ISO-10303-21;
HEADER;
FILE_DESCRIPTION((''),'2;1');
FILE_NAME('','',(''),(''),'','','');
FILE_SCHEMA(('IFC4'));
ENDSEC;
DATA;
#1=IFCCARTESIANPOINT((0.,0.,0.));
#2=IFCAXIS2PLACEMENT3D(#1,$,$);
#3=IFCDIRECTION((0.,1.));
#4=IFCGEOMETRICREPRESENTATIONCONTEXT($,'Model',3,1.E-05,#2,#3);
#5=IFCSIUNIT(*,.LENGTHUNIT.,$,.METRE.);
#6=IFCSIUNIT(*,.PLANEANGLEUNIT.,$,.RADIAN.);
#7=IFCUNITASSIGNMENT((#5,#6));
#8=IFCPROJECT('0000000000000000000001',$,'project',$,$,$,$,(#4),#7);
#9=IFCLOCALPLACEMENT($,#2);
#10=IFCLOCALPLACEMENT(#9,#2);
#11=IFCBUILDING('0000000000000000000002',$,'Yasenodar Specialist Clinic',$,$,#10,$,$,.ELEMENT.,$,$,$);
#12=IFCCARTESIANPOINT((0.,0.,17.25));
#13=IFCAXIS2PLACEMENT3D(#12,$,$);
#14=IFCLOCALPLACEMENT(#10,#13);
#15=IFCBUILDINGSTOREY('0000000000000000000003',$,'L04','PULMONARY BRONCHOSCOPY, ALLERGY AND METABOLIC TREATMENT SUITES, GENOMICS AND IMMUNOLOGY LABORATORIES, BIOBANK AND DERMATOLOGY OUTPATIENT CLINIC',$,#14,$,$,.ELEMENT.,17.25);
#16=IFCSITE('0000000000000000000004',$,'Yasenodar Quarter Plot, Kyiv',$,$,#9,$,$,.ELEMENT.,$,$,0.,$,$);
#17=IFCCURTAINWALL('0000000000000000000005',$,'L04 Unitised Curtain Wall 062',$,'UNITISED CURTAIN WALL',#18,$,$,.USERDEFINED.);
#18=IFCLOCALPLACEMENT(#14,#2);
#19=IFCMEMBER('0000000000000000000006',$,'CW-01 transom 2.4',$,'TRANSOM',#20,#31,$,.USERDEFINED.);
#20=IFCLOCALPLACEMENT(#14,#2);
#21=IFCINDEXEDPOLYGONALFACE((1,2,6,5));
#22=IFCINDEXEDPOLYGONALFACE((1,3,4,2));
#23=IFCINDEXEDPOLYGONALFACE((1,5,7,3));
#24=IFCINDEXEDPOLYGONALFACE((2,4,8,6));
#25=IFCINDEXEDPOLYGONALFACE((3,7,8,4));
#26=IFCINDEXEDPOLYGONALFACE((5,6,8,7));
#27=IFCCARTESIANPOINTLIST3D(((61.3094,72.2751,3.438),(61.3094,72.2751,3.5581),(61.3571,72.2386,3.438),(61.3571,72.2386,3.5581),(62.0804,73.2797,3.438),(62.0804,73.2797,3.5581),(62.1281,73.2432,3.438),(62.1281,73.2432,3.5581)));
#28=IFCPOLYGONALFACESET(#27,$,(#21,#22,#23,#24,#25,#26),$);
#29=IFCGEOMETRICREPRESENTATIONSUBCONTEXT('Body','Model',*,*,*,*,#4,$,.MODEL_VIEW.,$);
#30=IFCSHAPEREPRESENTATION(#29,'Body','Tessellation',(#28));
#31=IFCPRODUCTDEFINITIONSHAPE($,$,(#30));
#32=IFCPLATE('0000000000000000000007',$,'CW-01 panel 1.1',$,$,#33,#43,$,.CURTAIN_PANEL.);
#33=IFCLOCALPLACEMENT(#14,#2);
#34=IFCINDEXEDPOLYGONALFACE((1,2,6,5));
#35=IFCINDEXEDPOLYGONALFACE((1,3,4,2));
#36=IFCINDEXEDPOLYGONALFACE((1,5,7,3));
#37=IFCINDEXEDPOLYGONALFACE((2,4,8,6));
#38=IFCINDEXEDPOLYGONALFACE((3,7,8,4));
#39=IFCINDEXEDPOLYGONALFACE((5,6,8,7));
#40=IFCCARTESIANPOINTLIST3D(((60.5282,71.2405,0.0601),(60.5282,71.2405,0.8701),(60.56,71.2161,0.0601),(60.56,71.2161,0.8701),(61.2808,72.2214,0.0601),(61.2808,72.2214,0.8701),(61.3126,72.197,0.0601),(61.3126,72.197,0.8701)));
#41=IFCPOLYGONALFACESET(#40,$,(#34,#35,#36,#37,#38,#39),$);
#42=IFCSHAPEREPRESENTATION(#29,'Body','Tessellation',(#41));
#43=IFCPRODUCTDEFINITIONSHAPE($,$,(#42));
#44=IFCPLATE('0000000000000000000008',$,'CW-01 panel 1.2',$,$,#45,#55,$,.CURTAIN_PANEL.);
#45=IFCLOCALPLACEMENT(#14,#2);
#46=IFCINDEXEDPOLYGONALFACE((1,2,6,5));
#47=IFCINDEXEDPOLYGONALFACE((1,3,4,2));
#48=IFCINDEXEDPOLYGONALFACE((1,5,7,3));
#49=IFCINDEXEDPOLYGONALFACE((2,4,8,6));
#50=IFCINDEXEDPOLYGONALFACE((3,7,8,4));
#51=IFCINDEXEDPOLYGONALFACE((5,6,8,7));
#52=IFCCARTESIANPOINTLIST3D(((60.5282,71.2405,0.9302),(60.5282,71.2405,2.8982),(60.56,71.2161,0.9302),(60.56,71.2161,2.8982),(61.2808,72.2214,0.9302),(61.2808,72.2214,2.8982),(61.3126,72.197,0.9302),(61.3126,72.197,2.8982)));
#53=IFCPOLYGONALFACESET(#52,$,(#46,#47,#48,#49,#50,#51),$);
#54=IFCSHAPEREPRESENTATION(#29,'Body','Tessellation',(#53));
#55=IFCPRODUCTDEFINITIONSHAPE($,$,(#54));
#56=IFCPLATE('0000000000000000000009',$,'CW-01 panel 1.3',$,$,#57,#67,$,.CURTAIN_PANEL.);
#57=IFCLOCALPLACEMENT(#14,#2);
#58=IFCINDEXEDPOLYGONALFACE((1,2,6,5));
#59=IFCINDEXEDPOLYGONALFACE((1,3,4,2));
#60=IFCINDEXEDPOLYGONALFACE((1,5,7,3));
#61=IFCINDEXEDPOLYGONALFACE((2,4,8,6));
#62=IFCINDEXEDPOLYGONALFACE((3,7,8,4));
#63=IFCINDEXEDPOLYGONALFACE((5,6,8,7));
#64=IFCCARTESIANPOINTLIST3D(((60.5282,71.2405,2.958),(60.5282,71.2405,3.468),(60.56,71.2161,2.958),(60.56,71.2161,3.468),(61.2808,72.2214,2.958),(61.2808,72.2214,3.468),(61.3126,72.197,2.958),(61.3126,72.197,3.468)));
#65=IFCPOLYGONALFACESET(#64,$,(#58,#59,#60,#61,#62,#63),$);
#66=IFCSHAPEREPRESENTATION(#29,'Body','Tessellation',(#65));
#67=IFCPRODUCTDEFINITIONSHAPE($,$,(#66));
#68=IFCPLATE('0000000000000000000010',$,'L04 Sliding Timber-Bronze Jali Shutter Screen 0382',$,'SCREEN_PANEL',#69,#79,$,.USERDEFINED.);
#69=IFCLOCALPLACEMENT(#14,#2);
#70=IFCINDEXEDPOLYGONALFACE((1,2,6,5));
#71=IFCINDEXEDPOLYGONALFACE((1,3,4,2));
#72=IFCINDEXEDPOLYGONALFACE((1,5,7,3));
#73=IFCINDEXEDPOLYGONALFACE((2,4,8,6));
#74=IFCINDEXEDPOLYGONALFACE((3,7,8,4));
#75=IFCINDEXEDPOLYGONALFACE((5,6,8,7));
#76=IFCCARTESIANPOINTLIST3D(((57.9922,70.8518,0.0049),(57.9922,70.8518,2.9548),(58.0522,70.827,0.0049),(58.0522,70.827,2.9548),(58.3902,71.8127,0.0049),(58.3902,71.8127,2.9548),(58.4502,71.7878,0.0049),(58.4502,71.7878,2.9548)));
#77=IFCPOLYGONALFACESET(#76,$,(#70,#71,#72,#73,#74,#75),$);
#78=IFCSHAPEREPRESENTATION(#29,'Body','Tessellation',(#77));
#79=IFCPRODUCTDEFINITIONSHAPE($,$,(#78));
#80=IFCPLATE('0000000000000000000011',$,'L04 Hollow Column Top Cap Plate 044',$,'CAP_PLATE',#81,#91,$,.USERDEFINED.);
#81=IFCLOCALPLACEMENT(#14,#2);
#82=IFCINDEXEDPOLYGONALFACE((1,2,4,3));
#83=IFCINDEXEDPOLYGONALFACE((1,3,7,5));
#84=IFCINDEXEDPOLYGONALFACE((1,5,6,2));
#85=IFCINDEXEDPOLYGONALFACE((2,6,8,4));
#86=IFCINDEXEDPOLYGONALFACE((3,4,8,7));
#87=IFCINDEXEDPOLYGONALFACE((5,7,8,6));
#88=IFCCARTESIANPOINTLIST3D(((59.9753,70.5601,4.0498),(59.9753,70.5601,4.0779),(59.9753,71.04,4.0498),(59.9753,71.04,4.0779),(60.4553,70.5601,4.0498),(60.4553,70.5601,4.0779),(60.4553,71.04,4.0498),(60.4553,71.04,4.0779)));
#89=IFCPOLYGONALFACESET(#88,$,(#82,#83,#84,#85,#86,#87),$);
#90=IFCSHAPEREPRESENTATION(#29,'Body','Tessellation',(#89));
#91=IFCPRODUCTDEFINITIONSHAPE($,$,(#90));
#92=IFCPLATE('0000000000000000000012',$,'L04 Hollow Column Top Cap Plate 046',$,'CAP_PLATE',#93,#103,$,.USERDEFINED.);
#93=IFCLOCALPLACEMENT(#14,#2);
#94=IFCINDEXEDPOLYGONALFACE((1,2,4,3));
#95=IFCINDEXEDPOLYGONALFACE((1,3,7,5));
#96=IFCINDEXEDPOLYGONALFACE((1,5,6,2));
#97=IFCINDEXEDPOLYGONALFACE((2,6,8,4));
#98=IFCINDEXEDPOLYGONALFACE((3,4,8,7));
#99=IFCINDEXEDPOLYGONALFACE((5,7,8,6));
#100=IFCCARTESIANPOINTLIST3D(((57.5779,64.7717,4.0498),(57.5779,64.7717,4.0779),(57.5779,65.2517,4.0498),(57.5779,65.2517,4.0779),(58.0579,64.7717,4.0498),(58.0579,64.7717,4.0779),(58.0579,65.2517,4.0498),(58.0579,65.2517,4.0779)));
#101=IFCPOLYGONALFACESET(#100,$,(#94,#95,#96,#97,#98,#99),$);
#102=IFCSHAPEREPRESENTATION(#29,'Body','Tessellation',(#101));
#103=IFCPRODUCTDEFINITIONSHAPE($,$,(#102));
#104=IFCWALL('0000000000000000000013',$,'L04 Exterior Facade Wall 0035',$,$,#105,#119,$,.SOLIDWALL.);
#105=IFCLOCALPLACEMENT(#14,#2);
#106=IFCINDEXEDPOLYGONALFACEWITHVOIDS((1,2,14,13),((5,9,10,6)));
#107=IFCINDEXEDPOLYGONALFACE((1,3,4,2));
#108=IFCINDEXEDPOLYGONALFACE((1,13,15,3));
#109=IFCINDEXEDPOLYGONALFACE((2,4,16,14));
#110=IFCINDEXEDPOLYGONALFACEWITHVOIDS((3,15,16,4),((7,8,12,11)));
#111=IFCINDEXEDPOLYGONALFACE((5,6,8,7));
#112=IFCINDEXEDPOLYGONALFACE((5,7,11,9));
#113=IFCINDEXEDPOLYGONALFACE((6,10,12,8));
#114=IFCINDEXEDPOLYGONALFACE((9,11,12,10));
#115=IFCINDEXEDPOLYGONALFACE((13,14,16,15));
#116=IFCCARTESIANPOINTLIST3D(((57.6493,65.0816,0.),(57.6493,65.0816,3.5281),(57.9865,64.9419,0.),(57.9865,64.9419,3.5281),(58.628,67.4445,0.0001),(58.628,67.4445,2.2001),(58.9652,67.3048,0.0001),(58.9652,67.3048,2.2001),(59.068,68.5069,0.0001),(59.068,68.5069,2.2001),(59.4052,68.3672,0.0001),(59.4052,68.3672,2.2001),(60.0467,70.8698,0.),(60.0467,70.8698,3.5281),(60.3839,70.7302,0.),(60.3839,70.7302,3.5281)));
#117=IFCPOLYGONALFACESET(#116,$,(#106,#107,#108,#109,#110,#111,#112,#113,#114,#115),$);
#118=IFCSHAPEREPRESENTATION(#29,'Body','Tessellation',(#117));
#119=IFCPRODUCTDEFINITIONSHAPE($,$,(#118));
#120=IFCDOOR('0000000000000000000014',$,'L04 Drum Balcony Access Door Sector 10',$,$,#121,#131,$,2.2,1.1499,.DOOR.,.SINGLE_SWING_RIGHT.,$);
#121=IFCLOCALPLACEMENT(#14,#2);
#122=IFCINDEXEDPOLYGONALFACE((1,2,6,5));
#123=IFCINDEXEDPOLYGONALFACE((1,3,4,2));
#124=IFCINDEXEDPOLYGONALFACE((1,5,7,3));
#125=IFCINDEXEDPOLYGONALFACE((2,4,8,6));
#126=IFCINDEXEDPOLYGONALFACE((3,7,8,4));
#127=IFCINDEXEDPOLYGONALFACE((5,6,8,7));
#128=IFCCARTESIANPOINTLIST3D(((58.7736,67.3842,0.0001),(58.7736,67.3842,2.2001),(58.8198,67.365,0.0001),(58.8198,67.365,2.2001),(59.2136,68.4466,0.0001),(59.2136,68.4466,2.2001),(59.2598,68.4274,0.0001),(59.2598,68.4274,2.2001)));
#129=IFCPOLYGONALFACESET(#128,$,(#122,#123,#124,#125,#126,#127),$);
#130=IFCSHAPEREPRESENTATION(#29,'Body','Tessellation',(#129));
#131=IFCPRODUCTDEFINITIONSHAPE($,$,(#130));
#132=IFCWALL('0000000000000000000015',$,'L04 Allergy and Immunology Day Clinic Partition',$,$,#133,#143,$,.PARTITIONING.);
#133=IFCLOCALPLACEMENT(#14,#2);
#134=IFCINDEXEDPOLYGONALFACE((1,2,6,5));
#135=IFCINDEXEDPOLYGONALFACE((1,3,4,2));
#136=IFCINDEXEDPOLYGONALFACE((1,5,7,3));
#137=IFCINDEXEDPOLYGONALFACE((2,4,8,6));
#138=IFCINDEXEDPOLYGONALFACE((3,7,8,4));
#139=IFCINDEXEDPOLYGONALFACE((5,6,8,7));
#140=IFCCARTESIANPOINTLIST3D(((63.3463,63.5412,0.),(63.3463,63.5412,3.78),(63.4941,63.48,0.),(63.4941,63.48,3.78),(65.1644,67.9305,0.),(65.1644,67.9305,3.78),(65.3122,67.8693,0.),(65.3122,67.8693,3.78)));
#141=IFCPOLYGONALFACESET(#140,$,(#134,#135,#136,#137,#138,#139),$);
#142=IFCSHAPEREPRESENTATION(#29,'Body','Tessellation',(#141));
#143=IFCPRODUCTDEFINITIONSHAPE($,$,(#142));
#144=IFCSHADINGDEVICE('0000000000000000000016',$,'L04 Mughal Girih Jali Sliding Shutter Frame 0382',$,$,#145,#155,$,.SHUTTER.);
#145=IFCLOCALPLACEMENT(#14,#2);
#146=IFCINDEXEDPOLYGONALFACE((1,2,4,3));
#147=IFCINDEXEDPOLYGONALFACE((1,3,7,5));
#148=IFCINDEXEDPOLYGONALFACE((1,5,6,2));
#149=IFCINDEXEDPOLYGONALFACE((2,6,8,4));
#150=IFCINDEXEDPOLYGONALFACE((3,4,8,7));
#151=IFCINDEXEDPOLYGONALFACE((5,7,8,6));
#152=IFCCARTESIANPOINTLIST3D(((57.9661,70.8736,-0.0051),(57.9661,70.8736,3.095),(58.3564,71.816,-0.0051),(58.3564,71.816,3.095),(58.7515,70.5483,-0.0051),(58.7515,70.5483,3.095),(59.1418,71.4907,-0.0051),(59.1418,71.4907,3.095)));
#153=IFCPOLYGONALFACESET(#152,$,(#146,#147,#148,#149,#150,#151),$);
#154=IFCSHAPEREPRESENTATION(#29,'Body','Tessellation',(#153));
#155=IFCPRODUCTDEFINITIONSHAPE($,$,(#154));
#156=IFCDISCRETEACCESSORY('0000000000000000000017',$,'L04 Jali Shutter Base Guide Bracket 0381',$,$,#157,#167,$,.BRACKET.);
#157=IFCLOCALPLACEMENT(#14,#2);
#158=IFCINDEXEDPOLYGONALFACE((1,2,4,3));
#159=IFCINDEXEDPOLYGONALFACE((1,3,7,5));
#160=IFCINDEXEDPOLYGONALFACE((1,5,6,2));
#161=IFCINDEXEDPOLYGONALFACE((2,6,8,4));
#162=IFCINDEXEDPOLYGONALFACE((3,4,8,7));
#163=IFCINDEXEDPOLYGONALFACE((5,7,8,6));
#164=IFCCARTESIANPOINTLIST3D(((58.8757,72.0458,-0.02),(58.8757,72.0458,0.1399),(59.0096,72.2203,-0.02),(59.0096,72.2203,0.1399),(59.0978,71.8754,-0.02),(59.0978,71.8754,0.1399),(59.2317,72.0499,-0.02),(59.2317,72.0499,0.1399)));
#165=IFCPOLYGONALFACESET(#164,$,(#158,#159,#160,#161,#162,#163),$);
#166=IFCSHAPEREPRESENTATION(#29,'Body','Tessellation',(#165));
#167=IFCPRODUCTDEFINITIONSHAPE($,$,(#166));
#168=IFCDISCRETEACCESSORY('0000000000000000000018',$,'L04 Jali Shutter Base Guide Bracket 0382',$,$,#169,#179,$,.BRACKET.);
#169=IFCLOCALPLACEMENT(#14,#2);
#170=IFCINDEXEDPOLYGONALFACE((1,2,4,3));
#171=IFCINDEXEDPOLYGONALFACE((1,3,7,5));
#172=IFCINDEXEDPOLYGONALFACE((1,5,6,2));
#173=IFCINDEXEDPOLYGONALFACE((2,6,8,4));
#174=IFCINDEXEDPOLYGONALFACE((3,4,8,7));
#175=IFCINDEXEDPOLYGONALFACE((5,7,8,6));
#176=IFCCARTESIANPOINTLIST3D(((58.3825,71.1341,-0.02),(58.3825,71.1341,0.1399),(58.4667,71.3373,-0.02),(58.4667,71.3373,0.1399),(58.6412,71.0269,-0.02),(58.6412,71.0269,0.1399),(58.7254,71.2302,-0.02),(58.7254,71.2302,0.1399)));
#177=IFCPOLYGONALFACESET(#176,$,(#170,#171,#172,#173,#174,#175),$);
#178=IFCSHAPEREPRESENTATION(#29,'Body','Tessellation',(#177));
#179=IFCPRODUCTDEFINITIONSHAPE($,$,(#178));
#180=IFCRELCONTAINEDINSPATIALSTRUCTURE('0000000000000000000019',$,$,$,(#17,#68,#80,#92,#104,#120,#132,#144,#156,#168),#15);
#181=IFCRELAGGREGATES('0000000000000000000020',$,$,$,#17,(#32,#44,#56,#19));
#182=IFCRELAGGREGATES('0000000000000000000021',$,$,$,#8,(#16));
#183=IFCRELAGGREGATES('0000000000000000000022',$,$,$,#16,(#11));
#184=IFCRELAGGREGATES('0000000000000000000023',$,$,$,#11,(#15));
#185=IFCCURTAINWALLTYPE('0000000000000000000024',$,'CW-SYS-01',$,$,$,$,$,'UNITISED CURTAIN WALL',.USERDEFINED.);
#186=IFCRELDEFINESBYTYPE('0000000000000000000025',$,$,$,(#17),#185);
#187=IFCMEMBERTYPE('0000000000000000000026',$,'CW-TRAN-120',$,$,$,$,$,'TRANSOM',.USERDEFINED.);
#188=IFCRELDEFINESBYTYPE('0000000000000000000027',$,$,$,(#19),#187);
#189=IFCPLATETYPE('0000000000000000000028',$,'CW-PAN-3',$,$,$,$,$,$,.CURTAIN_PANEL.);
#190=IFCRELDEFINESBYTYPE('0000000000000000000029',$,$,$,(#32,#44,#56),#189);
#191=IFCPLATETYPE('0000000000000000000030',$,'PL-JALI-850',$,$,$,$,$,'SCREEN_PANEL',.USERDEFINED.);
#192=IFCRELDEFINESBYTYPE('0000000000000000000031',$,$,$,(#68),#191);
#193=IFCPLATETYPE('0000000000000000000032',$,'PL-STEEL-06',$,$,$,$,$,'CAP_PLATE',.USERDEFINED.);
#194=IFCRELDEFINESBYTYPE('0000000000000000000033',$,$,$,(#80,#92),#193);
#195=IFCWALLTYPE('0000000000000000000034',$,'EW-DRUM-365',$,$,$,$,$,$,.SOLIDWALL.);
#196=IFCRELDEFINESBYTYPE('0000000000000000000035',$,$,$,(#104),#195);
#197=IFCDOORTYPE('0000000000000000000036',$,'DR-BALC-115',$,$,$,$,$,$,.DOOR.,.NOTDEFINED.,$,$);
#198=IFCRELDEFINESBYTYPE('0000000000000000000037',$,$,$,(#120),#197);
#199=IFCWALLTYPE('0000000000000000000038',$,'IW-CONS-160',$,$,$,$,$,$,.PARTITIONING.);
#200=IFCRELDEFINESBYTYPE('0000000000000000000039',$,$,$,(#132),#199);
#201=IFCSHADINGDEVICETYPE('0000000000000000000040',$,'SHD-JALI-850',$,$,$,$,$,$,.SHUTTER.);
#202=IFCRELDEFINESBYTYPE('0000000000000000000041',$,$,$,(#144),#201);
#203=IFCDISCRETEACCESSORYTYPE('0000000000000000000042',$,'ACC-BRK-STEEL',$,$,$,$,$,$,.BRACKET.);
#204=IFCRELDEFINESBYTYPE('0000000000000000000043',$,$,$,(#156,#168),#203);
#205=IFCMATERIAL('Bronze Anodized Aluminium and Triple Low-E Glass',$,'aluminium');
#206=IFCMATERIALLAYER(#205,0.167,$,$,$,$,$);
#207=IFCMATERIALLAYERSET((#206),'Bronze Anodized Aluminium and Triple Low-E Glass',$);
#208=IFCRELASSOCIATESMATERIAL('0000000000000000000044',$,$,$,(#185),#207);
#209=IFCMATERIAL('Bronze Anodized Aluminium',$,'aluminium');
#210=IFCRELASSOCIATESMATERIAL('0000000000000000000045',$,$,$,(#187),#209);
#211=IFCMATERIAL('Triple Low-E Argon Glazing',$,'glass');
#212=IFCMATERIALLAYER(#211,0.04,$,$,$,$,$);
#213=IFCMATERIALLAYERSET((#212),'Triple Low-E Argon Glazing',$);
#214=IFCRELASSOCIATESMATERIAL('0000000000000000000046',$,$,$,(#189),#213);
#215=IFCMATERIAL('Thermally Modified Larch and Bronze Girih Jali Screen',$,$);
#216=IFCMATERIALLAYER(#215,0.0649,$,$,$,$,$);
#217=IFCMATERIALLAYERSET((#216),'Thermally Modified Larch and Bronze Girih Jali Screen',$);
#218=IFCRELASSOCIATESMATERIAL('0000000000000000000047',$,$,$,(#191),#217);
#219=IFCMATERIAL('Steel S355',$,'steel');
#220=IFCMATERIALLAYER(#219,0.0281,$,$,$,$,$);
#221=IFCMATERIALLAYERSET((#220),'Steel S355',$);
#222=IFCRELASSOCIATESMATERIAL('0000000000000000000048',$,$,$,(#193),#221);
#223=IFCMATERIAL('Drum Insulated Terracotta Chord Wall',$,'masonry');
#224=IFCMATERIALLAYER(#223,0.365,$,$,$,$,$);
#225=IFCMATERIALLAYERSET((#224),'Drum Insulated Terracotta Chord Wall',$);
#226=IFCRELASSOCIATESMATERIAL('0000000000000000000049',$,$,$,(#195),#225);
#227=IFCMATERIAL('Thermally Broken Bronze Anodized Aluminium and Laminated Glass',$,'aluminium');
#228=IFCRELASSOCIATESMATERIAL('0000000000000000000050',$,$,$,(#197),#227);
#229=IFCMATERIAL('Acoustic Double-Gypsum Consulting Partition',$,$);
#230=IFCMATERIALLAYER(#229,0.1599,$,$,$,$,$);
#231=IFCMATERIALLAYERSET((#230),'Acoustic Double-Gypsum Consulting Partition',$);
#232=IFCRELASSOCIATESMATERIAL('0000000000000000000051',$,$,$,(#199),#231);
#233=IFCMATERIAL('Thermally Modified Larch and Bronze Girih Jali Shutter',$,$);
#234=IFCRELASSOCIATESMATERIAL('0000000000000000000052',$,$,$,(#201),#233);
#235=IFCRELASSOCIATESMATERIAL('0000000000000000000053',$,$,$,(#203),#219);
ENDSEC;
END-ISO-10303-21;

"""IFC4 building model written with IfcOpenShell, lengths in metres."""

from ifc_helpers import new_model, si_unit, direction, frame, frame_2d, origin, origin_2d, place, context, subcontext, project, spatial, rectangle, extrude, material, layer, layer_set, material_profile, profile_set, type_object, element, fill, aggregate, save


model = new_model("IFC4")

# Units and contexts
model_context = context("Model", 3, precision=1e-05, world=origin(), true_north=direction((0.0, 1.0)))
body_context = subcontext(model_context, "Body", "Model", "MODEL_VIEW")
ifc_project = project(units=[si_unit("LENGTHUNIT", "METRE"), si_unit("PLANEANGLEUNIT", "RADIAN")], contexts=[model_context])

# Site, building, storey
site_placement = place(None, origin())
site = spatial("IfcSite", under=ifc_project, at=site_placement, Name="Yasenodar Quarter Plot, Kyiv", CompositionType="ELEMENT", RefElevation=0.0)
building_placement = place(site_placement, origin())
building = spatial("IfcBuilding", under=site, at=building_placement, Name="Yasenodar Specialist Clinic", CompositionType="ELEMENT")
storey_placement = place(building_placement, frame((0.0, 0.0, 17.25)))
storey = spatial("IfcBuildingStorey", under=building, at=storey_placement, Name="L04", Description="PULMONARY BRONCHOSCOPY, ALLERGY AND METABOLIC TREATMENT SUITES, GENOMICS AND IMMUNOLOGY LABORATORIES, BIOBANK AND DERMATOLOGY OUTPATIENT CLINIC", CompositionType="ELEMENT", Elevation=17.25)

# Shared definitions
ifc_material_1 = material(Name="Steel S355", Category="steel")

# Curtain wall
ifc_material_2 = material(Name="Bronze Anodized Aluminium and Triple Low-E Glass", Category="aluminium")
ifc_layer_1 = layer(ifc_material_2, 0.167)
ifc_layer_set_1 = layer_set([ifc_layer_1], Name="Bronze Anodized Aluminium and Triple Low-E Glass")
curtain_wall_type = type_object("IfcCurtainWallType", Name="CW-SYS-01", ElementType="UNITISED CURTAIN WALL", PredefinedType="USERDEFINED", material=ifc_layer_set_1)
curtain_wall_1_placement = place(storey_placement, origin())
curtain_wall_1 = element("IfcCurtainWall", 1, at=curtain_wall_1_placement, inside=storey, type_object=curtain_wall_type, Name="L04 Unitised Curtain Wall 062", ObjectType="UNITISED CURTAIN WALL", PredefinedType="USERDEFINED")
ifc_material_3 = material(Name="Bronze Anodized Aluminium", Category="aluminium")

# Member
ifc_material_profile_1 = material_profile(ifc_material_3, rectangle(XDim=0.0601, YDim=0.1201, at=origin_2d()), Name="CW-TRAN 60x120")
ifc_profile_set_1 = profile_set([ifc_material_profile_1], Name="Bronze Anodized Aluminium")
member_type_1 = type_object("IfcMemberType", Name="CW-TRAN-120", ElementType="TRANSOM", PredefinedType="USERDEFINED", material=ifc_profile_set_1)
member_1_placement = place(storey_placement, frame((61.3333, 72.2568, 3.498), z_axis=(0.608816, 0.793311, 0.0), x_axis=(-0.793311, 0.608816, 0.0)))
member_1 = element("IfcMember", 2, at=member_1_placement, type_object=member_type_1, Name="CW-01 transom 2.4", ObjectType="TRANSOM", PredefinedType="USERDEFINED", context=body_context, shape_type="SweptSolid", body=[
    extrude(rectangle(XDim=0.0601, YDim=0.1201, at=origin_2d()), origin(), (0.0, 0.0, 1.0), 1.2664),
])

# Plates
ifc_material_4 = material(Name="Triple Low-E Argon Glazing", Category="glass")
ifc_layer_2 = layer(ifc_material_4, 0.04)
ifc_layer_set_2 = layer_set([ifc_layer_2], Name="Triple Low-E Argon Glazing")
plate_type_1 = type_object("IfcPlateType", Name="CW-PAN-3", PredefinedType="CURTAIN_PANEL", material=ifc_layer_set_2)
plate_1_placement = place(storey_placement, frame((60.9204, 71.7188, 0.0601), z_axis=(0.0, 0.0, 1.0), x_axis=(0.608752, 0.793361, 0.0)))
plate_1 = element("IfcPlate", 3, at=plate_1_placement, type_object=plate_type_1, Name="CW-01 panel 1.1", PredefinedType="CURTAIN_PANEL", context=body_context, shape_type="SweptSolid", body=[
    extrude(rectangle(XDim=1.2363, YDim=0.04, at=origin_2d()), origin(), (0.0, 0.0, 1.0), 0.8101),
])
plate_2_placement = place(storey_placement, frame((60.9204, 71.7188, 0.9302), z_axis=(0.0, 0.0, 1.0), x_axis=(0.608752, 0.793361, 0.0)))
plate_2 = element("IfcPlate", 4, at=plate_2_placement, type_object=plate_type_1, Name="CW-01 panel 1.2", PredefinedType="CURTAIN_PANEL", context=body_context, shape_type="SweptSolid", body=[
    extrude(rectangle(XDim=1.2363, YDim=0.04, at=origin_2d()), origin(), (0.0, 0.0, 1.0), 1.968),
])
plate_3_placement = place(storey_placement, frame((60.9204, 71.7188, 2.958), z_axis=(0.0, 0.0, 1.0), x_axis=(0.608752, 0.793361, 0.0)))
plate_3 = element("IfcPlate", 5, at=plate_3_placement, type_object=plate_type_1, Name="CW-01 panel 1.3", PredefinedType="CURTAIN_PANEL", context=body_context, shape_type="SweptSolid", body=[
    extrude(rectangle(XDim=1.2363, YDim=0.04, at=origin_2d()), origin(), (0.0, 0.0, 1.0), 0.51),
])
aggregate(curtain_wall_1, [plate_1, plate_2, plate_3, member_1])

# Plates
ifc_material_5 = material(Name="Thermally Modified Larch and Bronze Girih Jali Screen")
ifc_layer_3 = layer(ifc_material_5, 0.0649)
ifc_layer_set_3 = layer_set([ifc_layer_3], Name="Thermally Modified Larch and Bronze Girih Jali Screen")
plate_type_2 = type_object("IfcPlateType", Name="PL-JALI-850", ElementType="SCREEN_PANEL", PredefinedType="USERDEFINED", material=ifc_layer_set_3)
plate_4_placement = place(storey_placement, frame((58.2212, 71.3198, 0.0049), z_axis=(0.0, 0.0, 1.0), x_axis=(-0.382687, -0.923878, 0.0)))
element("IfcPlate", 6, at=plate_4_placement, inside=storey, type_object=plate_type_2, Name="L04 Sliding Timber-Bronze Jali Shutter Screen 0382", ObjectType="SCREEN_PANEL", PredefinedType="USERDEFINED", context=body_context, shape_type="SweptSolid", body=[
    extrude(rectangle(XDim=1.04, YDim=0.0649, at=origin_2d()), origin(), (0.0, 0.0, 1.0), 2.95),
])
ifc_layer_4 = layer(ifc_material_1, 0.0281)
ifc_layer_set_4 = layer_set([ifc_layer_4], Name="Steel S355")
plate_type_3 = type_object("IfcPlateType", Name="PL-STEEL-06", ElementType="CAP_PLATE", PredefinedType="USERDEFINED", material=ifc_layer_set_4)
for number, where, z_axis, x_axis, name in (
    (7, (60.2153, 70.8, 4.0498), (0.0, 0.0, 1.0), (1.0, 0.0, 0.0), "L04 Hollow Column Top Cap Plate 044"),
    (8, (57.8179, 65.0117, 4.0498), (0.0, 0.0, 1.0), (1.0, 0.0, 0.0), "L04 Hollow Column Top Cap Plate 046"),
):
    element("IfcPlate", number, at=place(storey_placement, frame(where, z_axis=z_axis, x_axis=x_axis)), inside=storey, type_object=plate_type_3, Name=name, ObjectType="CAP_PLATE", PredefinedType="USERDEFINED", context=body_context, shape_type="SweptSolid", body=[
        extrude(rectangle(XDim=0.48, YDim=0.48, at=origin_2d()), origin(), (0.0, 0.0, 1.0), 0.0281),
    ])

# Wall, opening, door
ifc_material_6 = material(Name="Drum Insulated Terracotta Chord Wall", Category="masonry")
ifc_layer_5 = layer(ifc_material_6, 0.365)
ifc_layer_set_5 = layer_set([ifc_layer_5], Name="Drum Insulated Terracotta Chord Wall")
wall_type_1 = type_object("IfcWallType", Name="EW-DRUM-365", PredefinedType="SOLIDWALL", material=ifc_layer_set_5)
wall_1_placement = place(storey_placement, frame((57.8179, 65.0117, 0.0), z_axis=(0.0, 0.0, 1.0), x_axis=(0.382664, 0.923888, 0.0)))
wall_1 = element("IfcWall", 9, at=wall_1_placement, inside=storey, type_object=wall_type_1, Name="L04 Exterior Facade Wall 0035", PredefinedType="SOLIDWALL", context=body_context, shape_type="SweptSolid", body=[
    extrude(rectangle(XDim=6.2651, YDim=0.365, at=frame_2d((3.1326, 0.0))), origin(), (0.0, 0.0, 1.0), 3.5281),
])
opening_placement = place(wall_1_placement, frame((2.5576, 0.0, 0.0)))
opening = element("IfcOpeningElement", 10, at=opening_placement, cuts=wall_1, PredefinedType="OPENING", context=body_context, shape_type="SweptSolid", body=[
    extrude(rectangle(XDim=1.1499, YDim=2.2, at=frame_2d((0.575, 1.1001))), frame((0.0, 0.1924, 0.0), z_axis=(0.0, -1.0, 0.0), x_axis=(1.0, 0.0, 0.0)), (0.0, 0.0, 1.0), 0.385),
])
ifc_material_7 = material(Name="Thermally Broken Bronze Anodized Aluminium and Laminated Glass", Category="aluminium")
door_type = type_object("IfcDoorType", Name="DR-BALC-115", OperationType="NOTDEFINED", PredefinedType="DOOR", material=ifc_material_7)
door_placement = place(opening_placement, origin())
door = element("IfcDoor", 11, at=door_placement, inside=storey, type_object=door_type, Name="L04 Drum Balcony Access Door Sector 10", OperationType="SINGLE_SWING_RIGHT", OverallHeight=2.2, OverallWidth=1.1499, PredefinedType="DOOR", context=body_context, shape_type="SweptSolid", body=[
    extrude(rectangle(XDim=1.1499, YDim=2.2, at=frame_2d((0.575, 1.1001))), frame((0.0, 0.0249, 0.0), z_axis=(0.0, -1.0, 0.0), x_axis=(1.0, 0.0, 0.0)), (0.0, 0.0, 1.0), 0.05),
])
fill(opening, door)

# Wall
ifc_material_8 = material(Name="Acoustic Double-Gypsum Consulting Partition")
ifc_layer_6 = layer(ifc_material_8, 0.1599)
ifc_layer_set_6 = layer_set([ifc_layer_6], Name="Acoustic Double-Gypsum Consulting Partition")
wall_type_2 = type_object("IfcWallType", Name="IW-CONS-160", PredefinedType="PARTITIONING", material=ifc_layer_set_6)
wall_2_placement = place(storey_placement, frame((65.2383, 67.8999, 0.0), z_axis=(0.0, 0.0, 1.0), x_axis=(-0.382677, -0.923882, 0.0)))
element("IfcWall", 12, at=wall_2_placement, inside=storey, type_object=wall_type_2, Name="L04 Allergy and Immunology Day Clinic Partition", PredefinedType="PARTITIONING", context=body_context, shape_type="SweptSolid", body=[
    extrude(rectangle(XDim=4.751, YDim=0.1599, at=frame_2d((2.3755, 0.0))), origin(), (0.0, 0.0, 1.0), 3.78),
])

# Shading device
ifc_material_9 = material(Name="Thermally Modified Larch and Bronze Girih Jali Shutter")
shading_device_type = type_object("IfcShadingDeviceType", Name="SHD-JALI-850", PredefinedType="SHUTTER", material=ifc_material_9)
shading_device_placement = place(storey_placement, frame((58.554, 71.1821, -0.0051), z_axis=(0.0, 0.0, 1.0), x_axis=(-0.382687, -0.923878, 0.0)))
element("IfcShadingDevice", 13, at=shading_device_placement, inside=storey, type_object=shading_device_type, Name="L04 Mughal Girih Jali Sliding Shutter Frame 0382", PredefinedType="SHUTTER", context=body_context, shape_type="SweptSolid", body=[
    extrude(rectangle(XDim=1.02, YDim=0.8501, at=origin_2d()), origin(), (0.0, 0.0, 1.0), 3.1001),
])

# Discrete accessories
discrete_accessory_type = type_object("IfcDiscreteAccessoryType", Name="ACC-BRK-STEEL", PredefinedType="BRACKET", material=ifc_material_1)
for number, where, z_axis, x_axis, name in (
    (14, (59.0537, 72.0479, -0.02), (0.0, 0.0, 1.0), (-0.608764, -0.793351, 0.0), "L04 Jali Shutter Base Guide Bracket 0381"),
    (15, (58.554, 71.1821, -0.02), (0.0, 0.0, 1.0), (-0.382687, -0.923878, 0.0), "L04 Jali Shutter Base Guide Bracket 0382"),
):
    element("IfcDiscreteAccessory", number, at=place(storey_placement, frame(where, z_axis=z_axis, x_axis=x_axis)), inside=storey, type_object=discrete_accessory_type, Name=name, PredefinedType="BRACKET", context=body_context, shape_type="SweptSolid", body=[
        extrude(rectangle(XDim=0.22, YDim=0.28, at=origin_2d()), origin(), (0.0, 0.0, 1.0), 0.1599),
    ])

save(model, "model.ifc")
